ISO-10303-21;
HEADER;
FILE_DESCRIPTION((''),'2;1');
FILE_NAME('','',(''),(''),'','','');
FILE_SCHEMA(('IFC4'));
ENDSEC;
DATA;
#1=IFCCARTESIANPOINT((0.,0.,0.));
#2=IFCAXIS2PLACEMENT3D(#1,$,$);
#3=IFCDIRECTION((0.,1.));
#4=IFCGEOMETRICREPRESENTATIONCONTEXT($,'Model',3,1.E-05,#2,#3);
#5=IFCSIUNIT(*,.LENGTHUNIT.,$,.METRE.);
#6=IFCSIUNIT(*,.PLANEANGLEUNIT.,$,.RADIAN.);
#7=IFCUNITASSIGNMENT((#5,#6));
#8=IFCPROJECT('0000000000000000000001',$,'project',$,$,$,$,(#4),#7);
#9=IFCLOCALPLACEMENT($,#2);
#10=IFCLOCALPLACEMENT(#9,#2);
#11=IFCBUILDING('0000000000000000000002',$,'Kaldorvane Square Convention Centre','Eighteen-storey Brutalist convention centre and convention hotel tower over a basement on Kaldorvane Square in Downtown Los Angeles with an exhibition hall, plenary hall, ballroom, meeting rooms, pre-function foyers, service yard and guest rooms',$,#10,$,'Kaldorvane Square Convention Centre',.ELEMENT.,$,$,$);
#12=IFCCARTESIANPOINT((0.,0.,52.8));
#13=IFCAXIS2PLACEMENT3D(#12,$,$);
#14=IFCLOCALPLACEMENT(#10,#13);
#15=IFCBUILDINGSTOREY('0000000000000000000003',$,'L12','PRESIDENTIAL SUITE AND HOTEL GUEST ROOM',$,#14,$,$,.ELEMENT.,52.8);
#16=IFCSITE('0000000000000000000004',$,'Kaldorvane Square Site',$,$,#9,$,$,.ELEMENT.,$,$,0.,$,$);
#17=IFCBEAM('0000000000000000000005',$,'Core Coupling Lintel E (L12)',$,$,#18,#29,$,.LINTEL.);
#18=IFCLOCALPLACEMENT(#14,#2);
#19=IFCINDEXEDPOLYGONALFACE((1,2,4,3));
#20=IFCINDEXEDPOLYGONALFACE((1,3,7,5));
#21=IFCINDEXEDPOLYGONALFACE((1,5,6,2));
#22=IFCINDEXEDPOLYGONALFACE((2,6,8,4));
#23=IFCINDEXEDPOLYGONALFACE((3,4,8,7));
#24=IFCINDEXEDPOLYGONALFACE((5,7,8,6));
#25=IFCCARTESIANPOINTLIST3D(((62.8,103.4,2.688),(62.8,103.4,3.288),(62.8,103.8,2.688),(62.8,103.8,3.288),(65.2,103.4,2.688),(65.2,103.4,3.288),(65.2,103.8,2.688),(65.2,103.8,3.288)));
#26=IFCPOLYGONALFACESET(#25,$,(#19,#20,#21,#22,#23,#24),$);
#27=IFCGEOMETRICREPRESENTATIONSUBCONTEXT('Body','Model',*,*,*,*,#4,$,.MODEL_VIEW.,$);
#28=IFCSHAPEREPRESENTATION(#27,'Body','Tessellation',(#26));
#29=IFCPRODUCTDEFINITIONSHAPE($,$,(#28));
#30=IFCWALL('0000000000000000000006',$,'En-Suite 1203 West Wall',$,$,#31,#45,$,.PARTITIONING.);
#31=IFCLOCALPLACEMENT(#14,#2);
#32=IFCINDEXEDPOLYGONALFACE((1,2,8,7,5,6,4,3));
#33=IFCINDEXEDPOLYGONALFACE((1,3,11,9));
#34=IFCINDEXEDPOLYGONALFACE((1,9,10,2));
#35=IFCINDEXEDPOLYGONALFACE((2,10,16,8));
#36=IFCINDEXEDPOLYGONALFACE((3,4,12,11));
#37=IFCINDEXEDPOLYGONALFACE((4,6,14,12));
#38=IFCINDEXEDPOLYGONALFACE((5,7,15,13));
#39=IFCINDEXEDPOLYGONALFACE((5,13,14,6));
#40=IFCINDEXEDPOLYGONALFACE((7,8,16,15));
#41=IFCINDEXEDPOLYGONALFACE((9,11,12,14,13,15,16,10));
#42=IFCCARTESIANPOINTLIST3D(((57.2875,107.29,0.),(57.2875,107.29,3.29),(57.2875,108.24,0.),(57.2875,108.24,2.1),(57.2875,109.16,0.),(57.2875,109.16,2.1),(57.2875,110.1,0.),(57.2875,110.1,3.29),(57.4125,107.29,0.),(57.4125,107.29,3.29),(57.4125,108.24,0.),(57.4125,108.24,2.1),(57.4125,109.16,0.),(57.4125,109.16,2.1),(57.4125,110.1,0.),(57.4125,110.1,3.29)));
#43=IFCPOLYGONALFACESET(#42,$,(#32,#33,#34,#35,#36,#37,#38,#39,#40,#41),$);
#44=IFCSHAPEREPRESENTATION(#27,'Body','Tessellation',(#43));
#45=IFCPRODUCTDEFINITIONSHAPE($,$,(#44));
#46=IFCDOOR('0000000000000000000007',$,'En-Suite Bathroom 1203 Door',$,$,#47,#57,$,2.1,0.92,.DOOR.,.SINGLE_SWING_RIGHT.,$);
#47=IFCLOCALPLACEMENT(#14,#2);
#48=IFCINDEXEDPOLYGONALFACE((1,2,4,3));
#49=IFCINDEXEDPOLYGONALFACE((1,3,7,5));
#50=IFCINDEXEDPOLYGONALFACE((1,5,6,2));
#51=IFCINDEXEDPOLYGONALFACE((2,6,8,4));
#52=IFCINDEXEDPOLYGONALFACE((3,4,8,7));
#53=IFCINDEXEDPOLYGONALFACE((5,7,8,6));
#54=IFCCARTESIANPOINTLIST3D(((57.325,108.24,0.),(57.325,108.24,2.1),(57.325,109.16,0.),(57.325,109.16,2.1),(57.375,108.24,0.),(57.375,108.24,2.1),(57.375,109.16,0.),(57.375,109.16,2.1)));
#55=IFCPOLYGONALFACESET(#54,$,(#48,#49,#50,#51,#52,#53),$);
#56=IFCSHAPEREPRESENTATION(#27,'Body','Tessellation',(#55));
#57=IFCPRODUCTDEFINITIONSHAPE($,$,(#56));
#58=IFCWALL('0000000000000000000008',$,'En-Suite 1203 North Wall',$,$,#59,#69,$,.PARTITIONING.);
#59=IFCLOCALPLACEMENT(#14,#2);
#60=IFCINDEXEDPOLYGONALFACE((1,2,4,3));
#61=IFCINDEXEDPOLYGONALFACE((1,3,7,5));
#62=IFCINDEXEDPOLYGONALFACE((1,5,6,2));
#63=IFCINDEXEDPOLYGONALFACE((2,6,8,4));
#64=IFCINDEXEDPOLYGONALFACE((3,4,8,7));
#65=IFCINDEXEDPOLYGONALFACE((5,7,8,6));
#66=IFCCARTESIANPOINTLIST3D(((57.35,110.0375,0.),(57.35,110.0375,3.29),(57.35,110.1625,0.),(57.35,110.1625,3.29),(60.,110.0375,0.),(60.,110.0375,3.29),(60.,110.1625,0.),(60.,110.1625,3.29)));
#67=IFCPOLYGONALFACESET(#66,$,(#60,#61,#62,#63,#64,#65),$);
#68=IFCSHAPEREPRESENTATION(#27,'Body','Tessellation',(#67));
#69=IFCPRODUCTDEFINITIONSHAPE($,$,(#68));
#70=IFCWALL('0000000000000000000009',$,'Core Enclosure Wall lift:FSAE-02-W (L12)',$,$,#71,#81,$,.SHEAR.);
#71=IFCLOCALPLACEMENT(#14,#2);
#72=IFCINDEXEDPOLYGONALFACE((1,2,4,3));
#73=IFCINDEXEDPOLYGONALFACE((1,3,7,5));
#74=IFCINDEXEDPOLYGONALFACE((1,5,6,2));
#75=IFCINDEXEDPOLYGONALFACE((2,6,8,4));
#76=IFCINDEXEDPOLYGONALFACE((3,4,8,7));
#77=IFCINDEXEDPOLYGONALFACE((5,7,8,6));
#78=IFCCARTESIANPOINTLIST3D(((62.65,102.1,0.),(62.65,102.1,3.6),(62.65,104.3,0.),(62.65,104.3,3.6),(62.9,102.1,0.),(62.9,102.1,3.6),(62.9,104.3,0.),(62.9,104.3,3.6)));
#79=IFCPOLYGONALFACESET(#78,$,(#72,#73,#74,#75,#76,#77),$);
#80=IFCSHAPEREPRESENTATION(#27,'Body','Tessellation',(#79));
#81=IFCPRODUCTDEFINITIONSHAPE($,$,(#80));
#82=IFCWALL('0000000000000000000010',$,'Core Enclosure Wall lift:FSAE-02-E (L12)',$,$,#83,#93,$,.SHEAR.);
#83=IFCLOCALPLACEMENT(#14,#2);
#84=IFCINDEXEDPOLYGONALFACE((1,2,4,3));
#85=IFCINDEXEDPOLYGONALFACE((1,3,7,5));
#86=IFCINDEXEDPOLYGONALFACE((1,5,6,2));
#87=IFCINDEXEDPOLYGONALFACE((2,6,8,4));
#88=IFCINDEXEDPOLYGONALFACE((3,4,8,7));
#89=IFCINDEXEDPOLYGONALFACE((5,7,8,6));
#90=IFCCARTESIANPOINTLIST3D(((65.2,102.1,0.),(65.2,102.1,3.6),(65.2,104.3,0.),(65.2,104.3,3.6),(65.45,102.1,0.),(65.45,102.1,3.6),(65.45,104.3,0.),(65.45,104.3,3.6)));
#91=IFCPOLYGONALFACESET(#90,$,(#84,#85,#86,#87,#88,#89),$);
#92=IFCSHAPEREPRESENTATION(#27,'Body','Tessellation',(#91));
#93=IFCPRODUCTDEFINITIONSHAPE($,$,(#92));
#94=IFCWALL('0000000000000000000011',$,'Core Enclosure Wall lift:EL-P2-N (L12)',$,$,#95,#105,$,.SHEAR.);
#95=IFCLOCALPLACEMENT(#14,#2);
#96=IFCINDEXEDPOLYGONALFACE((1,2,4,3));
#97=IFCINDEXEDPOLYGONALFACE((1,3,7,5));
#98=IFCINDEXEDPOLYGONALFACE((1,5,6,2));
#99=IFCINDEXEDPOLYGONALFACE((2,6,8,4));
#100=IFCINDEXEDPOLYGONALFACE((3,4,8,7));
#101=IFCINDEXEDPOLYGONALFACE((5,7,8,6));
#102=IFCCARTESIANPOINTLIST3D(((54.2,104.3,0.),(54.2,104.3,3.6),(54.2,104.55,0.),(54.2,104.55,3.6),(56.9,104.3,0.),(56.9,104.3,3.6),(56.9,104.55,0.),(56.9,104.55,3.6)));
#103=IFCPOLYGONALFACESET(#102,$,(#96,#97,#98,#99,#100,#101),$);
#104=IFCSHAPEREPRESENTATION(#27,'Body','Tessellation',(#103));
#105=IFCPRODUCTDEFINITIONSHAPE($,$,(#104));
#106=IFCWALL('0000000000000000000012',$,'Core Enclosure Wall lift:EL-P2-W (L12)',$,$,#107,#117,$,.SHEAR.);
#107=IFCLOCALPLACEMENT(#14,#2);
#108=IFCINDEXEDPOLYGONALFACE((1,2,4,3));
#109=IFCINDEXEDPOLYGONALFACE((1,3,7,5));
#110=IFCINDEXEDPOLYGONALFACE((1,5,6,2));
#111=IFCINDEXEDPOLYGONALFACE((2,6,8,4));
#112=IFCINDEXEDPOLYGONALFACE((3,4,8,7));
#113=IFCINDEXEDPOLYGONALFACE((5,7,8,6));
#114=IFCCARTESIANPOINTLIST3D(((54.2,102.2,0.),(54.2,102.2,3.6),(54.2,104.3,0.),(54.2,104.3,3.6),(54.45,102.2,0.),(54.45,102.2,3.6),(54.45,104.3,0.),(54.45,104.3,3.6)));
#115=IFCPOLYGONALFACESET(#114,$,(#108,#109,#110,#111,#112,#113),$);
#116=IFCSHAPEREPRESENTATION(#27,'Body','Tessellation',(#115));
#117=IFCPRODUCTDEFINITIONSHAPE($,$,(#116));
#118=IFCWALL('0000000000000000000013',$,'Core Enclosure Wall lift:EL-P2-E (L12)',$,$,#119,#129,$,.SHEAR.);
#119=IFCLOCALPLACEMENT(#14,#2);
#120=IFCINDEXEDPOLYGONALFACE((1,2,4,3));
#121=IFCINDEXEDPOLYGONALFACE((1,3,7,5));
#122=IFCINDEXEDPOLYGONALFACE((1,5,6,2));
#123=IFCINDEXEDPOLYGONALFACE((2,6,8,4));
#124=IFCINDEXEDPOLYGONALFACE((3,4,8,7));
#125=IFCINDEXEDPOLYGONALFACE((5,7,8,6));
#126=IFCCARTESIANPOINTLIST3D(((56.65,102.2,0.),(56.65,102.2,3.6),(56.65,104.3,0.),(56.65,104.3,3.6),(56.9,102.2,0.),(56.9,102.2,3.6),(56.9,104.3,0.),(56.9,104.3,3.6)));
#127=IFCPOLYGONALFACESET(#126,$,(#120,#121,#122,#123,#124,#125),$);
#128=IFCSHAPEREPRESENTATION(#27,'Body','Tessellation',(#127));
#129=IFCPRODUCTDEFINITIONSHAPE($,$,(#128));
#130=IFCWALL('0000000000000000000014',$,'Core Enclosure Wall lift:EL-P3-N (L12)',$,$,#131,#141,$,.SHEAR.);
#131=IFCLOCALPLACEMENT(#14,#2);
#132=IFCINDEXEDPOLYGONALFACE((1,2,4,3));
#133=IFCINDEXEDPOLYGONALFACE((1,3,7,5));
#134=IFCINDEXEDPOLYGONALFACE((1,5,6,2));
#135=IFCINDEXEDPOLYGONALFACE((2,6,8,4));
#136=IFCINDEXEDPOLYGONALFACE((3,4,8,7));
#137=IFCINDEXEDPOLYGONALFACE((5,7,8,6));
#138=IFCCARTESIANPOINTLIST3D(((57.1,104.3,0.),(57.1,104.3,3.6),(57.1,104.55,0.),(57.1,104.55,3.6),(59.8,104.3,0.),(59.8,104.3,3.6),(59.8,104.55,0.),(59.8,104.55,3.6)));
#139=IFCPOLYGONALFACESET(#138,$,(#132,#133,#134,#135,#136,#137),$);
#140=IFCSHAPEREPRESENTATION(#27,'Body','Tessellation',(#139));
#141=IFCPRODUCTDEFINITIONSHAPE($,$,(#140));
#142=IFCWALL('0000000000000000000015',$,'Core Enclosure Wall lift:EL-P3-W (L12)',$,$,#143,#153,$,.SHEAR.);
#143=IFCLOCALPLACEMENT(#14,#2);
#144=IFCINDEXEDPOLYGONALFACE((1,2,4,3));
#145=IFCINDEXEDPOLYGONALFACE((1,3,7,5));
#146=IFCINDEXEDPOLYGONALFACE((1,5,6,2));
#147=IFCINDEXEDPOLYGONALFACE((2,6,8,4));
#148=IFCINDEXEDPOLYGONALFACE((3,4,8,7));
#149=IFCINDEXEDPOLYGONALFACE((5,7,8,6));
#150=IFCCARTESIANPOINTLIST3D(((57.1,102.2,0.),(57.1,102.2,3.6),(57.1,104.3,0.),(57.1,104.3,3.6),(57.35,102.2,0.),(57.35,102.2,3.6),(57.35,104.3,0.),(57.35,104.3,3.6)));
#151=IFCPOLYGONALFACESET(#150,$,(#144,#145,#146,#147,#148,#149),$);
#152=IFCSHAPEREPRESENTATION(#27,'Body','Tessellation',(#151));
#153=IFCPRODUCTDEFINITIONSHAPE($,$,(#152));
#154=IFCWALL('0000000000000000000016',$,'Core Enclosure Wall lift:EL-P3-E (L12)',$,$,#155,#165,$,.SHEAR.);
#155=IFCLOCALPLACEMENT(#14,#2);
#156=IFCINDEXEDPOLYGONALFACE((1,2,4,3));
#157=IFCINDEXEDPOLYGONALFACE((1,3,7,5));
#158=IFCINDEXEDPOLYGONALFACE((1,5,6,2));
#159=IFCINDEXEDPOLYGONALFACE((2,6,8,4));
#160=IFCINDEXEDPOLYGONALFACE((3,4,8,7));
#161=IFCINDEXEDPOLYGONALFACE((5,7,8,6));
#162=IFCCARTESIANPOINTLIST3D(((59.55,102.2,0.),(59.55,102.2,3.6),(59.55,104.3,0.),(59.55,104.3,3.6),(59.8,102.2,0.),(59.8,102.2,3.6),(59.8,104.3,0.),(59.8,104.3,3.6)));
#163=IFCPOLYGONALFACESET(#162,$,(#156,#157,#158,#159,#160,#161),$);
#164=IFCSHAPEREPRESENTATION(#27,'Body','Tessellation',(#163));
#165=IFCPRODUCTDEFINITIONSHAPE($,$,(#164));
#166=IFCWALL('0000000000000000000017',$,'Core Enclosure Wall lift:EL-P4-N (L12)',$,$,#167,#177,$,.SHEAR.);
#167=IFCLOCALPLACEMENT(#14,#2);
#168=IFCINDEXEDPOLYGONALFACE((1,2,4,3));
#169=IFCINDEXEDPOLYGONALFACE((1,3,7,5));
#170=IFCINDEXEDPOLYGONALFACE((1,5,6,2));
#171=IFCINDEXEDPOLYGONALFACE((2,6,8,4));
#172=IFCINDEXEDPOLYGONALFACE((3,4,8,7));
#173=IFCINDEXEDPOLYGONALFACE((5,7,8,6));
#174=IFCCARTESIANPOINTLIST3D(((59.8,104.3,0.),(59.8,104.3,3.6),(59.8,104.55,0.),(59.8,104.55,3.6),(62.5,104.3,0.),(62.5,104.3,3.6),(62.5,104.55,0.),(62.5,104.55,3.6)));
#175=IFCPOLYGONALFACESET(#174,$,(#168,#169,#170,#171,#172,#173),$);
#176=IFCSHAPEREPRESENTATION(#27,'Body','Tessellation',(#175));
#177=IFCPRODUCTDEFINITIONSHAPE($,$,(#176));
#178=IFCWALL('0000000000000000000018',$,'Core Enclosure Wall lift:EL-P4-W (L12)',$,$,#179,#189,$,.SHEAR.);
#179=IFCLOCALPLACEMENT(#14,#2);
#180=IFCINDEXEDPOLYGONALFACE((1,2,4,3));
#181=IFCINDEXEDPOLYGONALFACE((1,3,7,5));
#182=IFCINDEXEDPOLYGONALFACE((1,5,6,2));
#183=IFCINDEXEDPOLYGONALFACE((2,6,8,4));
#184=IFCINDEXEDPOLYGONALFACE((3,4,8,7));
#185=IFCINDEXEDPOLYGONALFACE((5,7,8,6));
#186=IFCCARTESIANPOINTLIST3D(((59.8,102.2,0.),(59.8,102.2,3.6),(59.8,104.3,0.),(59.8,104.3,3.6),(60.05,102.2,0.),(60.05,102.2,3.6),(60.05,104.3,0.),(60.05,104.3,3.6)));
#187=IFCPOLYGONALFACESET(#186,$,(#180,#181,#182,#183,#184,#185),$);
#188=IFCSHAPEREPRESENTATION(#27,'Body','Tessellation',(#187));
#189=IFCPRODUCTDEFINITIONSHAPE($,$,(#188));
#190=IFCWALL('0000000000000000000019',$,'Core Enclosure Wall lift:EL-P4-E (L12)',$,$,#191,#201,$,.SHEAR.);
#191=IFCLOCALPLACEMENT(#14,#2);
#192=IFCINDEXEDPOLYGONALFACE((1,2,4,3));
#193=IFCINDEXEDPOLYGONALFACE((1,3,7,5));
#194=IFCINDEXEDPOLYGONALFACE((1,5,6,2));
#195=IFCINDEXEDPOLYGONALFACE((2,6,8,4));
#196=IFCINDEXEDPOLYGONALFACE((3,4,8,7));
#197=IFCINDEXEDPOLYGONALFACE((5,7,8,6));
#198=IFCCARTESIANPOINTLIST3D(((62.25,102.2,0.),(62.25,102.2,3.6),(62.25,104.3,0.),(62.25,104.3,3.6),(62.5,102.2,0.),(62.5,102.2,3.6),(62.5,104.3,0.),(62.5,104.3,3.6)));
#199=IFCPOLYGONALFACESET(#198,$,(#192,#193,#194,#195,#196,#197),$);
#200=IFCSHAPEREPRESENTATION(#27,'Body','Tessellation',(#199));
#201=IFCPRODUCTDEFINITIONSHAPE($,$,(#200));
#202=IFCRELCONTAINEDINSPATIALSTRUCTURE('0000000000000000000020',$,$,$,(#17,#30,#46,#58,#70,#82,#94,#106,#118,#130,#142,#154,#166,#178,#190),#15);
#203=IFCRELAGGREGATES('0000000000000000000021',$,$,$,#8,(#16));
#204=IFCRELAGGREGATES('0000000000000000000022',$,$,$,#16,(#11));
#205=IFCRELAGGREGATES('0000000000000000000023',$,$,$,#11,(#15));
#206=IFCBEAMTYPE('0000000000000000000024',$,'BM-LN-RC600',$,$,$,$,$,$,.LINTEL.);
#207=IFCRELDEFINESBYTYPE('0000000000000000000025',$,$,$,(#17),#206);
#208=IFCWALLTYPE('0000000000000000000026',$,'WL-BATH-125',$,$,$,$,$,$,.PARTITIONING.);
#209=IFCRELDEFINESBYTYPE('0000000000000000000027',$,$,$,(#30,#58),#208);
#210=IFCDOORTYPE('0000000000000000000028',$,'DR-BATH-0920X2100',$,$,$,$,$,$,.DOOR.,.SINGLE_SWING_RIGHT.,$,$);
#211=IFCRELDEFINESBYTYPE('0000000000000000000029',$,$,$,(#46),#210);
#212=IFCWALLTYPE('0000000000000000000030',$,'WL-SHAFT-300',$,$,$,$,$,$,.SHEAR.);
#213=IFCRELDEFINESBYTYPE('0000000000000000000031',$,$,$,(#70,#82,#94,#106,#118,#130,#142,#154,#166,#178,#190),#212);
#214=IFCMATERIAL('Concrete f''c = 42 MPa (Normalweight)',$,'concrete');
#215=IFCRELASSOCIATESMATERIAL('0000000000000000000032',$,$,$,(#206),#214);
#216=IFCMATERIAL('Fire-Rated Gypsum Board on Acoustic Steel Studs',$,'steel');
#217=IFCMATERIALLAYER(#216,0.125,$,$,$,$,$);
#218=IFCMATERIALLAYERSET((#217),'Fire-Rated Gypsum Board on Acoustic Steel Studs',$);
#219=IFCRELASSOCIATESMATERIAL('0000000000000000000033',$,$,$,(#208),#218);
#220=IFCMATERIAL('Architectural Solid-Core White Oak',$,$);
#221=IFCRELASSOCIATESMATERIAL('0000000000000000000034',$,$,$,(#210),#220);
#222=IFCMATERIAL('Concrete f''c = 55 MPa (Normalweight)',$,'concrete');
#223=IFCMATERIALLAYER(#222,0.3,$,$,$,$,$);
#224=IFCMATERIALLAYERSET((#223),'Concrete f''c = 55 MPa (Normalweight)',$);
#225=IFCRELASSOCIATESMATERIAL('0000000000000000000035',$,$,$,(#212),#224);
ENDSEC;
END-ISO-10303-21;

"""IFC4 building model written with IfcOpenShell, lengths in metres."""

from ifc_helpers import new_model, si_unit, direction, frame, frame_2d, origin, origin_2d, place, context, subcontext, project, spatial, rectangle, extrude, material, layer, layer_set, material_profile, profile_set, type_object, element, fill, save


model = new_model("IFC4")

# Units and contexts
model_context = context("Model", 3, precision=1e-05, world=origin(), true_north=direction((0.0, 1.0)))
body_context = subcontext(model_context, "Body", "Model", "MODEL_VIEW")
ifc_project = project(units=[si_unit("LENGTHUNIT", "METRE"), si_unit("PLANEANGLEUNIT", "RADIAN")], contexts=[model_context])

# Site, building, storey
site_placement = place(None, origin())
site = spatial("IfcSite", under=ifc_project, at=site_placement, Name="Kaldorvane Square Site", CompositionType="ELEMENT", RefElevation=0.0)
building_placement = place(site_placement, origin())
building = spatial("IfcBuilding", under=site, at=building_placement, Name="Kaldorvane Square Convention Centre", Description="Eighteen-storey Brutalist convention centre and convention hotel tower over a basement on Kaldorvane Square in Downtown Los Angeles with an exhibition hall, plenary hall, ballroom, meeting rooms, pre-function foyers, service yard and guest rooms", LongName="Kaldorvane Square Convention Centre", CompositionType="ELEMENT")
storey_placement = place(building_placement, frame((0.0, 0.0, 52.8)))
storey = spatial("IfcBuildingStorey", under=building, at=storey_placement, Name="L12", Description="PRESIDENTIAL SUITE AND HOTEL GUEST ROOM", CompositionType="ELEMENT", Elevation=52.8)

# Beam
ifc_material_1 = material(Name="Concrete f'c = 42 MPa (Normalweight)", Category="concrete")
ifc_material_profile = material_profile(ifc_material_1, rectangle(XDim=0.4, YDim=0.6, at=origin_2d()), Name="RCLN600X400")
ifc_profile_set = profile_set([ifc_material_profile], Name="Concrete f'c = 42 MPa (Normalweight)")
beam_type = type_object("IfcBeamType", Name="BM-LN-RC600", PredefinedType="LINTEL", material=ifc_profile_set)
beam_placement = place(storey_placement, frame((62.8, 103.6, 2.988), z_axis=(1.0, 0.0, 0.0), x_axis=(0.0, 1.0, 0.0)))
element("IfcBeam", 1, at=beam_placement, inside=storey, type_object=beam_type, Name="Core Coupling Lintel E (L12)", PredefinedType="LINTEL", context=body_context, shape_type="SweptSolid", body=[
    extrude(rectangle(XDim=0.4, YDim=0.6, at=origin_2d()), origin(), (0.0, 0.0, 1.0), 2.4),
])

# Wall, opening, door
ifc_material_2 = material(Name="Fire-Rated Gypsum Board on Acoustic Steel Studs", Category="steel")
ifc_layer_1 = layer(ifc_material_2, 0.125)
ifc_layer_set_1 = layer_set([ifc_layer_1], Name="Fire-Rated Gypsum Board on Acoustic Steel Studs")
wall_type_1 = type_object("IfcWallType", Name="WL-BATH-125", PredefinedType="PARTITIONING", material=ifc_layer_set_1)
wall_1_placement = place(storey_placement, frame((57.35, 107.29, 0.0), z_axis=(0.0, 0.0, 1.0), x_axis=(0.0, 1.0, 0.0)))
wall_1 = element("IfcWall", 2, at=wall_1_placement, inside=storey, type_object=wall_type_1, Name="En-Suite 1203 West Wall", PredefinedType="PARTITIONING", context=body_context, shape_type="SweptSolid", body=[
    extrude(rectangle(XDim=2.81, YDim=0.125, at=frame_2d((1.405, 0.0))), origin(), (0.0, 0.0, 1.0), 3.29),
])
opening_1_placement = place(wall_1_placement, frame((0.95, 0.0, 0.0)))
opening_1 = element("IfcOpeningElement", 3, at=opening_1_placement, cuts=wall_1, PredefinedType="OPENING", context=body_context, shape_type="SweptSolid", body=[
    extrude(rectangle(XDim=0.92, YDim=2.1, at=frame_2d((0.46, 1.05))), frame((0.0, 0.0775, 0.0), z_axis=(0.0, -1.0, 0.0), x_axis=(1.0, 0.0, 0.0)), (0.0, 0.0, 1.0), 0.155),
])
ifc_material_3 = material(Name="Architectural Solid-Core White Oak")
door_type_1 = type_object("IfcDoorType", Name="DR-BATH-0920X2100", OperationType="SINGLE_SWING_RIGHT", PredefinedType="DOOR", material=ifc_material_3)
door_1_placement = place(opening_1_placement, origin())
door_1 = element("IfcDoor", 4, at=door_1_placement, inside=storey, type_object=door_type_1, Name="En-Suite Bathroom 1203 Door", OperationType="SINGLE_SWING_RIGHT", OverallHeight=2.1, OverallWidth=0.92, PredefinedType="DOOR", context=body_context, shape_type="SweptSolid", body=[
    extrude(rectangle(XDim=0.92, YDim=2.1, at=frame_2d((0.46, 1.05))), frame((0.0, 0.025, 0.0), z_axis=(0.0, -1.0, 0.0), x_axis=(1.0, 0.0, 0.0)), (0.0, 0.0, 1.0), 0.05),
])
fill(opening_1, door_1)

# Walls
wall_2_placement = place(storey_placement, frame((57.35, 110.1, 0.0), z_axis=(0.0, 0.0, 1.0), x_axis=(1.0, 0.0, 0.0)))
element("IfcWall", 5, at=wall_2_placement, inside=storey, type_object=wall_type_1, Name="En-Suite 1203 North Wall", PredefinedType="PARTITIONING", context=body_context, shape_type="SweptSolid", body=[
    extrude(rectangle(XDim=2.65, YDim=0.125, at=frame_2d((1.325, 0.0))), origin(), (0.0, 0.0, 1.0), 3.29),
])
ifc_material_4 = material(Name="Concrete f'c = 55 MPa (Normalweight)", Category="concrete")
ifc_layer_2 = layer(ifc_material_4, 0.3)
ifc_layer_set_2 = layer_set([ifc_layer_2], Name="Concrete f'c = 55 MPa (Normalweight)")
wall_type_2 = type_object("IfcWallType", Name="WL-SHAFT-300", PredefinedType="SHEAR", material=ifc_layer_set_2)
for number, where, z_axis, x_axis, name in (
    (6, (62.775, 104.3, 0.0), (0.0, 0.0, 1.0), (0.0, -1.0, 0.0), "Core Enclosure Wall lift:FSAE-02-W (L12)"),
    (7, (65.325, 102.1, 0.0), (0.0, 0.0, 1.0), (0.0, 1.0, 0.0), "Core Enclosure Wall lift:FSAE-02-E (L12)"),
):
    element("IfcWall", number, at=place(storey_placement, frame(where, z_axis=z_axis, x_axis=x_axis)), inside=storey, type_object=wall_type_2, Name=name, PredefinedType="SHEAR", context=body_context, shape_type="SweptSolid", body=[
        extrude(rectangle(XDim=2.2, YDim=0.25, at=frame_2d((1.1, 0.0))), origin(), (0.0, 0.0, 1.0), 3.6),
    ])
wall_3_placement = place(storey_placement, frame((56.9, 104.425, 0.0), z_axis=(0.0, 0.0, 1.0), x_axis=(-1.0, 0.0, 0.0)))
element("IfcWall", 8, at=wall_3_placement, inside=storey, type_object=wall_type_2, Name="Core Enclosure Wall lift:EL-P2-N (L12)", PredefinedType="SHEAR", context=body_context, shape_type="SweptSolid", body=[
    extrude(rectangle(XDim=2.7, YDim=0.25, at=frame_2d((1.35, 0.0))), origin(), (0.0, 0.0, 1.0), 3.6),
])
for number, where, z_axis, x_axis, name in (
    (9, (54.325, 104.3, 0.0), (0.0, 0.0, 1.0), (0.0, -1.0, 0.0), "Core Enclosure Wall lift:EL-P2-W (L12)"),
    (10, (56.775, 102.2, 0.0), (0.0, 0.0, 1.0), (0.0, 1.0, 0.0), "Core Enclosure Wall lift:EL-P2-E (L12)"),
):
    element("IfcWall", number, at=place(storey_placement, frame(where, z_axis=z_axis, x_axis=x_axis)), inside=storey, type_object=wall_type_2, Name=name, PredefinedType="SHEAR", context=body_context, shape_type="SweptSolid", body=[
        extrude(rectangle(XDim=2.1, YDim=0.25, at=frame_2d((1.05, 0.0))), origin(), (0.0, 0.0, 1.0), 3.6),
    ])

# Walls
wall_4_placement = place(storey_placement, frame((59.8, 104.425, 0.0), z_axis=(0.0, 0.0, 1.0), x_axis=(-1.0, 0.0, 0.0)))
element("IfcWall", 11, at=wall_4_placement, inside=storey, type_object=wall_type_2, Name="Core Enclosure Wall lift:EL-P3-N (L12)", PredefinedType="SHEAR", context=body_context, shape_type="SweptSolid", body=[
    extrude(rectangle(XDim=2.7, YDim=0.25, at=frame_2d((1.35, 0.0))), origin(), (0.0, 0.0, 1.0), 3.6),
])
for number, where, z_axis, x_axis, name in (
    (12, (57.225, 104.3, 0.0), (0.0, 0.0, 1.0), (0.0, -1.0, 0.0), "Core Enclosure Wall lift:EL-P3-W (L12)"),
    (13, (59.675, 102.2, 0.0), (0.0, 0.0, 1.0), (0.0, 1.0, 0.0), "Core Enclosure Wall lift:EL-P3-E (L12)"),
):
    element("IfcWall", number, at=place(storey_placement, frame(where, z_axis=z_axis, x_axis=x_axis)), inside=storey, type_object=wall_type_2, Name=name, PredefinedType="SHEAR", context=body_context, shape_type="SweptSolid", body=[
        extrude(rectangle(XDim=2.1, YDim=0.25, at=frame_2d((1.05, 0.0))), origin(), (0.0, 0.0, 1.0), 3.6),
    ])

# Walls
wall_5_placement = place(storey_placement, frame((62.5, 104.425, 0.0), z_axis=(0.0, 0.0, 1.0), x_axis=(-1.0, 0.0, 0.0)))
element("IfcWall", 14, at=wall_5_placement, inside=storey, type_object=wall_type_2, Name="Core Enclosure Wall lift:EL-P4-N (L12)", PredefinedType="SHEAR", context=body_context, shape_type="SweptSolid", body=[
    extrude(rectangle(XDim=2.7, YDim=0.25, at=frame_2d((1.35, 0.0))), origin(), (0.0, 0.0, 1.0), 3.6),
])
for number, where, z_axis, x_axis, name in (
    (15, (59.925, 104.3, 0.0), (0.0, 0.0, 1.0), (0.0, -1.0, 0.0), "Core Enclosure Wall lift:EL-P4-W (L12)"),
    (16, (62.375, 102.2, 0.0), (0.0, 0.0, 1.0), (0.0, 1.0, 0.0), "Core Enclosure Wall lift:EL-P4-E (L12)"),
):
    element("IfcWall", number, at=place(storey_placement, frame(where, z_axis=z_axis, x_axis=x_axis)), inside=storey, type_object=wall_type_2, Name=name, PredefinedType="SHEAR", context=body_context, shape_type="SweptSolid", body=[
        extrude(rectangle(XDim=2.1, YDim=0.25, at=frame_2d((1.05, 0.0))), origin(), (0.0, 0.0, 1.0), 3.6),
    ])

save(model, "model.ifc")
